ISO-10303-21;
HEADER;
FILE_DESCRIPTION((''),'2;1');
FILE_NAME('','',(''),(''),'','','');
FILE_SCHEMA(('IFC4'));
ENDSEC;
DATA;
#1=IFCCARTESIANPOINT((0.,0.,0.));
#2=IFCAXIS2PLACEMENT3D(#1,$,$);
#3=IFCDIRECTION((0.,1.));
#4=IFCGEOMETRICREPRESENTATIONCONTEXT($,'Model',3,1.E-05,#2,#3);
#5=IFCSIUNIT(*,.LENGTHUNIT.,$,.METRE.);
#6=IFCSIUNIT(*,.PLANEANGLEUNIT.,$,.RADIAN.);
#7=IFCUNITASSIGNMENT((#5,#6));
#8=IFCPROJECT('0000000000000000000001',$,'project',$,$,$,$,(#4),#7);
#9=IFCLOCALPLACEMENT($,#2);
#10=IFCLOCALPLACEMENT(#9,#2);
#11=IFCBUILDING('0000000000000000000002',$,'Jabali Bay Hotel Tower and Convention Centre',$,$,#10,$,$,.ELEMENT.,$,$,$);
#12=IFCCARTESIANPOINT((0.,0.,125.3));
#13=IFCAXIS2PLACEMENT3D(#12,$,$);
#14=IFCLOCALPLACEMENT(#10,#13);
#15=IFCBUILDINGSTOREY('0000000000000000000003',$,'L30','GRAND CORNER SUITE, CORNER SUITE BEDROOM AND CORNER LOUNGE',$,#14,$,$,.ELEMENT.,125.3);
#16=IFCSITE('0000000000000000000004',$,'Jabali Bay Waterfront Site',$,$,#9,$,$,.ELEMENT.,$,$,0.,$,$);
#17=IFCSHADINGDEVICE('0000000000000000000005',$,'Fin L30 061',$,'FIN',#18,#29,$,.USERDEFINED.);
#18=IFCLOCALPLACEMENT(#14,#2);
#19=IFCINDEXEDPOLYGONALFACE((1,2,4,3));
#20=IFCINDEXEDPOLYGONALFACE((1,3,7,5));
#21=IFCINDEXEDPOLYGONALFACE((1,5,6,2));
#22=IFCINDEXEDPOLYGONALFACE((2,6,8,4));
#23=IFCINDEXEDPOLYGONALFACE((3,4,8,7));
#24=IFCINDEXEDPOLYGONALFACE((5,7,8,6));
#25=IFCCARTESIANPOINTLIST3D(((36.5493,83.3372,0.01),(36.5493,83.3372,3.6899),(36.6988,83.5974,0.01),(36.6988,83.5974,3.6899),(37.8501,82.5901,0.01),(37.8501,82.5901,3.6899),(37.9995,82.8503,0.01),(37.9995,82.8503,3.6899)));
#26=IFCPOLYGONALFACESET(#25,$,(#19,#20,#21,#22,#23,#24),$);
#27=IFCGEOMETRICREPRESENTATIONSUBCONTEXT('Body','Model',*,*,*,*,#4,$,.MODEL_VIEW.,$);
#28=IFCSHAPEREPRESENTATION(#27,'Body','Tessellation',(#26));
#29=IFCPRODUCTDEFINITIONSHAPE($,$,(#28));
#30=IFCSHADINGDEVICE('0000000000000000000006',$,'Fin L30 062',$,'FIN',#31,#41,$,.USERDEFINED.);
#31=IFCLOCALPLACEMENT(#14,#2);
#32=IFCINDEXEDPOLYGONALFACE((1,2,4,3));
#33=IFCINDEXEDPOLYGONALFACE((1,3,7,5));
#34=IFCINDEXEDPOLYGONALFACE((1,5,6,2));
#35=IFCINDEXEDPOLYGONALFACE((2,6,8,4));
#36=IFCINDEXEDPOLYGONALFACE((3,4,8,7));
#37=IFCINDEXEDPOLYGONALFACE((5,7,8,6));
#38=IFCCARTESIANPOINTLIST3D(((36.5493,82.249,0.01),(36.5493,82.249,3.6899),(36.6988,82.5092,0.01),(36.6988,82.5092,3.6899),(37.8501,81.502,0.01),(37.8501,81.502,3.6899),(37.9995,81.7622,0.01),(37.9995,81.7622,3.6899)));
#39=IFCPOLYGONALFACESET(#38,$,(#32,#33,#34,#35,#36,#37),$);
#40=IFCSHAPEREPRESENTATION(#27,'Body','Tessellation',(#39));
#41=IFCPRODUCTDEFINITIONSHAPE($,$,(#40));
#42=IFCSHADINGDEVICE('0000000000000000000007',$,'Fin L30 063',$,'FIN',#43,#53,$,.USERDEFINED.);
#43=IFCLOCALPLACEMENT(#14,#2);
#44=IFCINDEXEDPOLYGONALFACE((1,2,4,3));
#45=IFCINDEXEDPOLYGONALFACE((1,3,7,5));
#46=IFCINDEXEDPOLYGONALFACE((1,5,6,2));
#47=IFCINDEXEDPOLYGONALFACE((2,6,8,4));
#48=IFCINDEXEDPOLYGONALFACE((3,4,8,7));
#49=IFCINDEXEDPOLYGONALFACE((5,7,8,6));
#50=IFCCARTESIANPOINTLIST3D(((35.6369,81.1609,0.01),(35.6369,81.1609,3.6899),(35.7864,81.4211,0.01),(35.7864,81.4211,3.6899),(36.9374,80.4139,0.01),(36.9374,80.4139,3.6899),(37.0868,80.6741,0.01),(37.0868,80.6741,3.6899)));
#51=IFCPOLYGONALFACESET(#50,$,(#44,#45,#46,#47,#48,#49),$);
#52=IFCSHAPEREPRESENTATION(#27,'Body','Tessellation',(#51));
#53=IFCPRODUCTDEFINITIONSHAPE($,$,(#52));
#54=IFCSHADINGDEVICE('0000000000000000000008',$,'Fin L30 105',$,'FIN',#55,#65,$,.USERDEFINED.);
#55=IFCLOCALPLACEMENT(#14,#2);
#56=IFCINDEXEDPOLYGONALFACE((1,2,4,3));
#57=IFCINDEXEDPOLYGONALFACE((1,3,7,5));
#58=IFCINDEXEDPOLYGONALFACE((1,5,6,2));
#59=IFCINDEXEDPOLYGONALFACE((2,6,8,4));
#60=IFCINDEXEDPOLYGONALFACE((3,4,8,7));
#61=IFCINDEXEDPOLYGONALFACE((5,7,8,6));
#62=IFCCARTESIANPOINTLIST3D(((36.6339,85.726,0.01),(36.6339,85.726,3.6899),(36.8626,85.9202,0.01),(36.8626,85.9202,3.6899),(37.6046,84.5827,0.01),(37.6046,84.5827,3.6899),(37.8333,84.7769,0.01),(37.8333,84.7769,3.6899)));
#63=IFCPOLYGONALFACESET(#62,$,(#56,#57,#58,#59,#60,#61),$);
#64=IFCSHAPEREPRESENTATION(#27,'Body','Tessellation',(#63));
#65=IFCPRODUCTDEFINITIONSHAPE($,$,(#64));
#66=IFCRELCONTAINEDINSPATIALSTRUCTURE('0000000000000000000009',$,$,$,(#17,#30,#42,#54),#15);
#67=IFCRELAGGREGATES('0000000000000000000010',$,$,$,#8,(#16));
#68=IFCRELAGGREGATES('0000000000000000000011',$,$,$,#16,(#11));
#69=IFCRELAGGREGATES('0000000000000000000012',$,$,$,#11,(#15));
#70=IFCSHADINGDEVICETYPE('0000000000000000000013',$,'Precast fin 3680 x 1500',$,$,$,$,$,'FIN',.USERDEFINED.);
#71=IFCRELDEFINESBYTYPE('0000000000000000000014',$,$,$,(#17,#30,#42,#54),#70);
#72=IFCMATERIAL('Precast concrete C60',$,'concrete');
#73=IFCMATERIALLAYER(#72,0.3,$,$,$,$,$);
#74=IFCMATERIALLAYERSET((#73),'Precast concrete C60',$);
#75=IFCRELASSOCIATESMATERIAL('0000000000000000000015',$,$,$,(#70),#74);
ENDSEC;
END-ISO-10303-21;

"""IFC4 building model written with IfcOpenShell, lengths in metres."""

from ifc_helpers import new_model, si_unit, direction, frame, frame_2d, origin, place, context, subcontext, project, spatial, rectangle, extrude, material, layer, layer_set, type_object, element, save


model = new_model("IFC4")

# Units and contexts
model_context = context("Model", 3, precision=1e-05, world=origin(), true_north=direction((0.0, 1.0)))
body_context = subcontext(model_context, "Body", "Model", "MODEL_VIEW")
ifc_project = project(units=[si_unit("LENGTHUNIT", "METRE"), si_unit("PLANEANGLEUNIT", "RADIAN")], contexts=[model_context])

# Site, building, storey
site_placement = place(None, origin())
site = spatial("IfcSite", under=ifc_project, at=site_placement, Name="Jabali Bay Waterfront Site", CompositionType="ELEMENT", RefElevation=0.0)
building_placement = place(site_placement, origin())
building = spatial("IfcBuilding", under=site, at=building_placement, Name="Jabali Bay Hotel Tower and Convention Centre", CompositionType="ELEMENT")
storey_placement = place(building_placement, frame((0.0, 0.0, 125.3)))
storey = spatial("IfcBuildingStorey", under=building, at=storey_placement, Name="L30", Description="GRAND CORNER SUITE, CORNER SUITE BEDROOM AND CORNER LOUNGE", CompositionType="ELEMENT", Elevation=125.3)

# Shading devices
ifc_material_1 = material(Name="Precast concrete C60", Category="concrete")
ifc_layer_1 = layer(ifc_material_1, 0.3)
ifc_layer_set_1 = layer_set([ifc_layer_1], Name="Precast concrete C60")
shading_device_type = type_object("IfcShadingDeviceType", Name="Precast fin 3680 x 1500", ElementType="FIN", PredefinedType="USERDEFINED", material=ifc_layer_set_1)
for number, where, z_axis, x_axis, name in (
    (1, (37.9248, 82.7202, 0.01), (0.0, 0.0, 1.0), (-0.867159, 0.498031, 0.0), "Fin L30 061"),
    (2, (37.9248, 81.6321, 0.01), (0.0, 0.0, 1.0), (-0.867159, 0.498031, 0.0), "Fin L30 062"),
):
    element("IfcShadingDevice", number, at=place(storey_placement, frame(where, z_axis=z_axis, x_axis=x_axis)), inside=storey, type_object=shading_device_type, Name=name, ObjectType="FIN", PredefinedType="USERDEFINED", context=body_context, shape_type="SweptSolid", body=[
        extrude(rectangle(XDim=1.5, YDim=0.3, at=frame_2d((0.75, 0.0))), origin(), (0.0, 0.0, 1.0), 3.6799),
    ])
for number, where, z_axis, x_axis, name in (
    (3, (37.0122, 80.5439, 0.01), (0.0, 0.0, 1.0), (-0.867119, 0.498101, 0.0), "Fin L30 063"),
    (4, (37.719, 84.6797, 0.01), (0.0, 0.0, 1.0), (-0.647218, 0.762305, 0.0), "Fin L30 105"),
):
    element("IfcShadingDevice", number, at=place(storey_placement, frame(where, z_axis=z_axis, x_axis=x_axis)), inside=storey, type_object=shading_device_type, Name=name, ObjectType="FIN", PredefinedType="USERDEFINED", context=body_context, shape_type="SweptSolid", body=[
        extrude(rectangle(XDim=1.4998, YDim=0.3, at=frame_2d((0.75, 0.0))), origin(), (0.0, 0.0, 1.0), 3.6799),
    ])

save(model, "model.ifc")
